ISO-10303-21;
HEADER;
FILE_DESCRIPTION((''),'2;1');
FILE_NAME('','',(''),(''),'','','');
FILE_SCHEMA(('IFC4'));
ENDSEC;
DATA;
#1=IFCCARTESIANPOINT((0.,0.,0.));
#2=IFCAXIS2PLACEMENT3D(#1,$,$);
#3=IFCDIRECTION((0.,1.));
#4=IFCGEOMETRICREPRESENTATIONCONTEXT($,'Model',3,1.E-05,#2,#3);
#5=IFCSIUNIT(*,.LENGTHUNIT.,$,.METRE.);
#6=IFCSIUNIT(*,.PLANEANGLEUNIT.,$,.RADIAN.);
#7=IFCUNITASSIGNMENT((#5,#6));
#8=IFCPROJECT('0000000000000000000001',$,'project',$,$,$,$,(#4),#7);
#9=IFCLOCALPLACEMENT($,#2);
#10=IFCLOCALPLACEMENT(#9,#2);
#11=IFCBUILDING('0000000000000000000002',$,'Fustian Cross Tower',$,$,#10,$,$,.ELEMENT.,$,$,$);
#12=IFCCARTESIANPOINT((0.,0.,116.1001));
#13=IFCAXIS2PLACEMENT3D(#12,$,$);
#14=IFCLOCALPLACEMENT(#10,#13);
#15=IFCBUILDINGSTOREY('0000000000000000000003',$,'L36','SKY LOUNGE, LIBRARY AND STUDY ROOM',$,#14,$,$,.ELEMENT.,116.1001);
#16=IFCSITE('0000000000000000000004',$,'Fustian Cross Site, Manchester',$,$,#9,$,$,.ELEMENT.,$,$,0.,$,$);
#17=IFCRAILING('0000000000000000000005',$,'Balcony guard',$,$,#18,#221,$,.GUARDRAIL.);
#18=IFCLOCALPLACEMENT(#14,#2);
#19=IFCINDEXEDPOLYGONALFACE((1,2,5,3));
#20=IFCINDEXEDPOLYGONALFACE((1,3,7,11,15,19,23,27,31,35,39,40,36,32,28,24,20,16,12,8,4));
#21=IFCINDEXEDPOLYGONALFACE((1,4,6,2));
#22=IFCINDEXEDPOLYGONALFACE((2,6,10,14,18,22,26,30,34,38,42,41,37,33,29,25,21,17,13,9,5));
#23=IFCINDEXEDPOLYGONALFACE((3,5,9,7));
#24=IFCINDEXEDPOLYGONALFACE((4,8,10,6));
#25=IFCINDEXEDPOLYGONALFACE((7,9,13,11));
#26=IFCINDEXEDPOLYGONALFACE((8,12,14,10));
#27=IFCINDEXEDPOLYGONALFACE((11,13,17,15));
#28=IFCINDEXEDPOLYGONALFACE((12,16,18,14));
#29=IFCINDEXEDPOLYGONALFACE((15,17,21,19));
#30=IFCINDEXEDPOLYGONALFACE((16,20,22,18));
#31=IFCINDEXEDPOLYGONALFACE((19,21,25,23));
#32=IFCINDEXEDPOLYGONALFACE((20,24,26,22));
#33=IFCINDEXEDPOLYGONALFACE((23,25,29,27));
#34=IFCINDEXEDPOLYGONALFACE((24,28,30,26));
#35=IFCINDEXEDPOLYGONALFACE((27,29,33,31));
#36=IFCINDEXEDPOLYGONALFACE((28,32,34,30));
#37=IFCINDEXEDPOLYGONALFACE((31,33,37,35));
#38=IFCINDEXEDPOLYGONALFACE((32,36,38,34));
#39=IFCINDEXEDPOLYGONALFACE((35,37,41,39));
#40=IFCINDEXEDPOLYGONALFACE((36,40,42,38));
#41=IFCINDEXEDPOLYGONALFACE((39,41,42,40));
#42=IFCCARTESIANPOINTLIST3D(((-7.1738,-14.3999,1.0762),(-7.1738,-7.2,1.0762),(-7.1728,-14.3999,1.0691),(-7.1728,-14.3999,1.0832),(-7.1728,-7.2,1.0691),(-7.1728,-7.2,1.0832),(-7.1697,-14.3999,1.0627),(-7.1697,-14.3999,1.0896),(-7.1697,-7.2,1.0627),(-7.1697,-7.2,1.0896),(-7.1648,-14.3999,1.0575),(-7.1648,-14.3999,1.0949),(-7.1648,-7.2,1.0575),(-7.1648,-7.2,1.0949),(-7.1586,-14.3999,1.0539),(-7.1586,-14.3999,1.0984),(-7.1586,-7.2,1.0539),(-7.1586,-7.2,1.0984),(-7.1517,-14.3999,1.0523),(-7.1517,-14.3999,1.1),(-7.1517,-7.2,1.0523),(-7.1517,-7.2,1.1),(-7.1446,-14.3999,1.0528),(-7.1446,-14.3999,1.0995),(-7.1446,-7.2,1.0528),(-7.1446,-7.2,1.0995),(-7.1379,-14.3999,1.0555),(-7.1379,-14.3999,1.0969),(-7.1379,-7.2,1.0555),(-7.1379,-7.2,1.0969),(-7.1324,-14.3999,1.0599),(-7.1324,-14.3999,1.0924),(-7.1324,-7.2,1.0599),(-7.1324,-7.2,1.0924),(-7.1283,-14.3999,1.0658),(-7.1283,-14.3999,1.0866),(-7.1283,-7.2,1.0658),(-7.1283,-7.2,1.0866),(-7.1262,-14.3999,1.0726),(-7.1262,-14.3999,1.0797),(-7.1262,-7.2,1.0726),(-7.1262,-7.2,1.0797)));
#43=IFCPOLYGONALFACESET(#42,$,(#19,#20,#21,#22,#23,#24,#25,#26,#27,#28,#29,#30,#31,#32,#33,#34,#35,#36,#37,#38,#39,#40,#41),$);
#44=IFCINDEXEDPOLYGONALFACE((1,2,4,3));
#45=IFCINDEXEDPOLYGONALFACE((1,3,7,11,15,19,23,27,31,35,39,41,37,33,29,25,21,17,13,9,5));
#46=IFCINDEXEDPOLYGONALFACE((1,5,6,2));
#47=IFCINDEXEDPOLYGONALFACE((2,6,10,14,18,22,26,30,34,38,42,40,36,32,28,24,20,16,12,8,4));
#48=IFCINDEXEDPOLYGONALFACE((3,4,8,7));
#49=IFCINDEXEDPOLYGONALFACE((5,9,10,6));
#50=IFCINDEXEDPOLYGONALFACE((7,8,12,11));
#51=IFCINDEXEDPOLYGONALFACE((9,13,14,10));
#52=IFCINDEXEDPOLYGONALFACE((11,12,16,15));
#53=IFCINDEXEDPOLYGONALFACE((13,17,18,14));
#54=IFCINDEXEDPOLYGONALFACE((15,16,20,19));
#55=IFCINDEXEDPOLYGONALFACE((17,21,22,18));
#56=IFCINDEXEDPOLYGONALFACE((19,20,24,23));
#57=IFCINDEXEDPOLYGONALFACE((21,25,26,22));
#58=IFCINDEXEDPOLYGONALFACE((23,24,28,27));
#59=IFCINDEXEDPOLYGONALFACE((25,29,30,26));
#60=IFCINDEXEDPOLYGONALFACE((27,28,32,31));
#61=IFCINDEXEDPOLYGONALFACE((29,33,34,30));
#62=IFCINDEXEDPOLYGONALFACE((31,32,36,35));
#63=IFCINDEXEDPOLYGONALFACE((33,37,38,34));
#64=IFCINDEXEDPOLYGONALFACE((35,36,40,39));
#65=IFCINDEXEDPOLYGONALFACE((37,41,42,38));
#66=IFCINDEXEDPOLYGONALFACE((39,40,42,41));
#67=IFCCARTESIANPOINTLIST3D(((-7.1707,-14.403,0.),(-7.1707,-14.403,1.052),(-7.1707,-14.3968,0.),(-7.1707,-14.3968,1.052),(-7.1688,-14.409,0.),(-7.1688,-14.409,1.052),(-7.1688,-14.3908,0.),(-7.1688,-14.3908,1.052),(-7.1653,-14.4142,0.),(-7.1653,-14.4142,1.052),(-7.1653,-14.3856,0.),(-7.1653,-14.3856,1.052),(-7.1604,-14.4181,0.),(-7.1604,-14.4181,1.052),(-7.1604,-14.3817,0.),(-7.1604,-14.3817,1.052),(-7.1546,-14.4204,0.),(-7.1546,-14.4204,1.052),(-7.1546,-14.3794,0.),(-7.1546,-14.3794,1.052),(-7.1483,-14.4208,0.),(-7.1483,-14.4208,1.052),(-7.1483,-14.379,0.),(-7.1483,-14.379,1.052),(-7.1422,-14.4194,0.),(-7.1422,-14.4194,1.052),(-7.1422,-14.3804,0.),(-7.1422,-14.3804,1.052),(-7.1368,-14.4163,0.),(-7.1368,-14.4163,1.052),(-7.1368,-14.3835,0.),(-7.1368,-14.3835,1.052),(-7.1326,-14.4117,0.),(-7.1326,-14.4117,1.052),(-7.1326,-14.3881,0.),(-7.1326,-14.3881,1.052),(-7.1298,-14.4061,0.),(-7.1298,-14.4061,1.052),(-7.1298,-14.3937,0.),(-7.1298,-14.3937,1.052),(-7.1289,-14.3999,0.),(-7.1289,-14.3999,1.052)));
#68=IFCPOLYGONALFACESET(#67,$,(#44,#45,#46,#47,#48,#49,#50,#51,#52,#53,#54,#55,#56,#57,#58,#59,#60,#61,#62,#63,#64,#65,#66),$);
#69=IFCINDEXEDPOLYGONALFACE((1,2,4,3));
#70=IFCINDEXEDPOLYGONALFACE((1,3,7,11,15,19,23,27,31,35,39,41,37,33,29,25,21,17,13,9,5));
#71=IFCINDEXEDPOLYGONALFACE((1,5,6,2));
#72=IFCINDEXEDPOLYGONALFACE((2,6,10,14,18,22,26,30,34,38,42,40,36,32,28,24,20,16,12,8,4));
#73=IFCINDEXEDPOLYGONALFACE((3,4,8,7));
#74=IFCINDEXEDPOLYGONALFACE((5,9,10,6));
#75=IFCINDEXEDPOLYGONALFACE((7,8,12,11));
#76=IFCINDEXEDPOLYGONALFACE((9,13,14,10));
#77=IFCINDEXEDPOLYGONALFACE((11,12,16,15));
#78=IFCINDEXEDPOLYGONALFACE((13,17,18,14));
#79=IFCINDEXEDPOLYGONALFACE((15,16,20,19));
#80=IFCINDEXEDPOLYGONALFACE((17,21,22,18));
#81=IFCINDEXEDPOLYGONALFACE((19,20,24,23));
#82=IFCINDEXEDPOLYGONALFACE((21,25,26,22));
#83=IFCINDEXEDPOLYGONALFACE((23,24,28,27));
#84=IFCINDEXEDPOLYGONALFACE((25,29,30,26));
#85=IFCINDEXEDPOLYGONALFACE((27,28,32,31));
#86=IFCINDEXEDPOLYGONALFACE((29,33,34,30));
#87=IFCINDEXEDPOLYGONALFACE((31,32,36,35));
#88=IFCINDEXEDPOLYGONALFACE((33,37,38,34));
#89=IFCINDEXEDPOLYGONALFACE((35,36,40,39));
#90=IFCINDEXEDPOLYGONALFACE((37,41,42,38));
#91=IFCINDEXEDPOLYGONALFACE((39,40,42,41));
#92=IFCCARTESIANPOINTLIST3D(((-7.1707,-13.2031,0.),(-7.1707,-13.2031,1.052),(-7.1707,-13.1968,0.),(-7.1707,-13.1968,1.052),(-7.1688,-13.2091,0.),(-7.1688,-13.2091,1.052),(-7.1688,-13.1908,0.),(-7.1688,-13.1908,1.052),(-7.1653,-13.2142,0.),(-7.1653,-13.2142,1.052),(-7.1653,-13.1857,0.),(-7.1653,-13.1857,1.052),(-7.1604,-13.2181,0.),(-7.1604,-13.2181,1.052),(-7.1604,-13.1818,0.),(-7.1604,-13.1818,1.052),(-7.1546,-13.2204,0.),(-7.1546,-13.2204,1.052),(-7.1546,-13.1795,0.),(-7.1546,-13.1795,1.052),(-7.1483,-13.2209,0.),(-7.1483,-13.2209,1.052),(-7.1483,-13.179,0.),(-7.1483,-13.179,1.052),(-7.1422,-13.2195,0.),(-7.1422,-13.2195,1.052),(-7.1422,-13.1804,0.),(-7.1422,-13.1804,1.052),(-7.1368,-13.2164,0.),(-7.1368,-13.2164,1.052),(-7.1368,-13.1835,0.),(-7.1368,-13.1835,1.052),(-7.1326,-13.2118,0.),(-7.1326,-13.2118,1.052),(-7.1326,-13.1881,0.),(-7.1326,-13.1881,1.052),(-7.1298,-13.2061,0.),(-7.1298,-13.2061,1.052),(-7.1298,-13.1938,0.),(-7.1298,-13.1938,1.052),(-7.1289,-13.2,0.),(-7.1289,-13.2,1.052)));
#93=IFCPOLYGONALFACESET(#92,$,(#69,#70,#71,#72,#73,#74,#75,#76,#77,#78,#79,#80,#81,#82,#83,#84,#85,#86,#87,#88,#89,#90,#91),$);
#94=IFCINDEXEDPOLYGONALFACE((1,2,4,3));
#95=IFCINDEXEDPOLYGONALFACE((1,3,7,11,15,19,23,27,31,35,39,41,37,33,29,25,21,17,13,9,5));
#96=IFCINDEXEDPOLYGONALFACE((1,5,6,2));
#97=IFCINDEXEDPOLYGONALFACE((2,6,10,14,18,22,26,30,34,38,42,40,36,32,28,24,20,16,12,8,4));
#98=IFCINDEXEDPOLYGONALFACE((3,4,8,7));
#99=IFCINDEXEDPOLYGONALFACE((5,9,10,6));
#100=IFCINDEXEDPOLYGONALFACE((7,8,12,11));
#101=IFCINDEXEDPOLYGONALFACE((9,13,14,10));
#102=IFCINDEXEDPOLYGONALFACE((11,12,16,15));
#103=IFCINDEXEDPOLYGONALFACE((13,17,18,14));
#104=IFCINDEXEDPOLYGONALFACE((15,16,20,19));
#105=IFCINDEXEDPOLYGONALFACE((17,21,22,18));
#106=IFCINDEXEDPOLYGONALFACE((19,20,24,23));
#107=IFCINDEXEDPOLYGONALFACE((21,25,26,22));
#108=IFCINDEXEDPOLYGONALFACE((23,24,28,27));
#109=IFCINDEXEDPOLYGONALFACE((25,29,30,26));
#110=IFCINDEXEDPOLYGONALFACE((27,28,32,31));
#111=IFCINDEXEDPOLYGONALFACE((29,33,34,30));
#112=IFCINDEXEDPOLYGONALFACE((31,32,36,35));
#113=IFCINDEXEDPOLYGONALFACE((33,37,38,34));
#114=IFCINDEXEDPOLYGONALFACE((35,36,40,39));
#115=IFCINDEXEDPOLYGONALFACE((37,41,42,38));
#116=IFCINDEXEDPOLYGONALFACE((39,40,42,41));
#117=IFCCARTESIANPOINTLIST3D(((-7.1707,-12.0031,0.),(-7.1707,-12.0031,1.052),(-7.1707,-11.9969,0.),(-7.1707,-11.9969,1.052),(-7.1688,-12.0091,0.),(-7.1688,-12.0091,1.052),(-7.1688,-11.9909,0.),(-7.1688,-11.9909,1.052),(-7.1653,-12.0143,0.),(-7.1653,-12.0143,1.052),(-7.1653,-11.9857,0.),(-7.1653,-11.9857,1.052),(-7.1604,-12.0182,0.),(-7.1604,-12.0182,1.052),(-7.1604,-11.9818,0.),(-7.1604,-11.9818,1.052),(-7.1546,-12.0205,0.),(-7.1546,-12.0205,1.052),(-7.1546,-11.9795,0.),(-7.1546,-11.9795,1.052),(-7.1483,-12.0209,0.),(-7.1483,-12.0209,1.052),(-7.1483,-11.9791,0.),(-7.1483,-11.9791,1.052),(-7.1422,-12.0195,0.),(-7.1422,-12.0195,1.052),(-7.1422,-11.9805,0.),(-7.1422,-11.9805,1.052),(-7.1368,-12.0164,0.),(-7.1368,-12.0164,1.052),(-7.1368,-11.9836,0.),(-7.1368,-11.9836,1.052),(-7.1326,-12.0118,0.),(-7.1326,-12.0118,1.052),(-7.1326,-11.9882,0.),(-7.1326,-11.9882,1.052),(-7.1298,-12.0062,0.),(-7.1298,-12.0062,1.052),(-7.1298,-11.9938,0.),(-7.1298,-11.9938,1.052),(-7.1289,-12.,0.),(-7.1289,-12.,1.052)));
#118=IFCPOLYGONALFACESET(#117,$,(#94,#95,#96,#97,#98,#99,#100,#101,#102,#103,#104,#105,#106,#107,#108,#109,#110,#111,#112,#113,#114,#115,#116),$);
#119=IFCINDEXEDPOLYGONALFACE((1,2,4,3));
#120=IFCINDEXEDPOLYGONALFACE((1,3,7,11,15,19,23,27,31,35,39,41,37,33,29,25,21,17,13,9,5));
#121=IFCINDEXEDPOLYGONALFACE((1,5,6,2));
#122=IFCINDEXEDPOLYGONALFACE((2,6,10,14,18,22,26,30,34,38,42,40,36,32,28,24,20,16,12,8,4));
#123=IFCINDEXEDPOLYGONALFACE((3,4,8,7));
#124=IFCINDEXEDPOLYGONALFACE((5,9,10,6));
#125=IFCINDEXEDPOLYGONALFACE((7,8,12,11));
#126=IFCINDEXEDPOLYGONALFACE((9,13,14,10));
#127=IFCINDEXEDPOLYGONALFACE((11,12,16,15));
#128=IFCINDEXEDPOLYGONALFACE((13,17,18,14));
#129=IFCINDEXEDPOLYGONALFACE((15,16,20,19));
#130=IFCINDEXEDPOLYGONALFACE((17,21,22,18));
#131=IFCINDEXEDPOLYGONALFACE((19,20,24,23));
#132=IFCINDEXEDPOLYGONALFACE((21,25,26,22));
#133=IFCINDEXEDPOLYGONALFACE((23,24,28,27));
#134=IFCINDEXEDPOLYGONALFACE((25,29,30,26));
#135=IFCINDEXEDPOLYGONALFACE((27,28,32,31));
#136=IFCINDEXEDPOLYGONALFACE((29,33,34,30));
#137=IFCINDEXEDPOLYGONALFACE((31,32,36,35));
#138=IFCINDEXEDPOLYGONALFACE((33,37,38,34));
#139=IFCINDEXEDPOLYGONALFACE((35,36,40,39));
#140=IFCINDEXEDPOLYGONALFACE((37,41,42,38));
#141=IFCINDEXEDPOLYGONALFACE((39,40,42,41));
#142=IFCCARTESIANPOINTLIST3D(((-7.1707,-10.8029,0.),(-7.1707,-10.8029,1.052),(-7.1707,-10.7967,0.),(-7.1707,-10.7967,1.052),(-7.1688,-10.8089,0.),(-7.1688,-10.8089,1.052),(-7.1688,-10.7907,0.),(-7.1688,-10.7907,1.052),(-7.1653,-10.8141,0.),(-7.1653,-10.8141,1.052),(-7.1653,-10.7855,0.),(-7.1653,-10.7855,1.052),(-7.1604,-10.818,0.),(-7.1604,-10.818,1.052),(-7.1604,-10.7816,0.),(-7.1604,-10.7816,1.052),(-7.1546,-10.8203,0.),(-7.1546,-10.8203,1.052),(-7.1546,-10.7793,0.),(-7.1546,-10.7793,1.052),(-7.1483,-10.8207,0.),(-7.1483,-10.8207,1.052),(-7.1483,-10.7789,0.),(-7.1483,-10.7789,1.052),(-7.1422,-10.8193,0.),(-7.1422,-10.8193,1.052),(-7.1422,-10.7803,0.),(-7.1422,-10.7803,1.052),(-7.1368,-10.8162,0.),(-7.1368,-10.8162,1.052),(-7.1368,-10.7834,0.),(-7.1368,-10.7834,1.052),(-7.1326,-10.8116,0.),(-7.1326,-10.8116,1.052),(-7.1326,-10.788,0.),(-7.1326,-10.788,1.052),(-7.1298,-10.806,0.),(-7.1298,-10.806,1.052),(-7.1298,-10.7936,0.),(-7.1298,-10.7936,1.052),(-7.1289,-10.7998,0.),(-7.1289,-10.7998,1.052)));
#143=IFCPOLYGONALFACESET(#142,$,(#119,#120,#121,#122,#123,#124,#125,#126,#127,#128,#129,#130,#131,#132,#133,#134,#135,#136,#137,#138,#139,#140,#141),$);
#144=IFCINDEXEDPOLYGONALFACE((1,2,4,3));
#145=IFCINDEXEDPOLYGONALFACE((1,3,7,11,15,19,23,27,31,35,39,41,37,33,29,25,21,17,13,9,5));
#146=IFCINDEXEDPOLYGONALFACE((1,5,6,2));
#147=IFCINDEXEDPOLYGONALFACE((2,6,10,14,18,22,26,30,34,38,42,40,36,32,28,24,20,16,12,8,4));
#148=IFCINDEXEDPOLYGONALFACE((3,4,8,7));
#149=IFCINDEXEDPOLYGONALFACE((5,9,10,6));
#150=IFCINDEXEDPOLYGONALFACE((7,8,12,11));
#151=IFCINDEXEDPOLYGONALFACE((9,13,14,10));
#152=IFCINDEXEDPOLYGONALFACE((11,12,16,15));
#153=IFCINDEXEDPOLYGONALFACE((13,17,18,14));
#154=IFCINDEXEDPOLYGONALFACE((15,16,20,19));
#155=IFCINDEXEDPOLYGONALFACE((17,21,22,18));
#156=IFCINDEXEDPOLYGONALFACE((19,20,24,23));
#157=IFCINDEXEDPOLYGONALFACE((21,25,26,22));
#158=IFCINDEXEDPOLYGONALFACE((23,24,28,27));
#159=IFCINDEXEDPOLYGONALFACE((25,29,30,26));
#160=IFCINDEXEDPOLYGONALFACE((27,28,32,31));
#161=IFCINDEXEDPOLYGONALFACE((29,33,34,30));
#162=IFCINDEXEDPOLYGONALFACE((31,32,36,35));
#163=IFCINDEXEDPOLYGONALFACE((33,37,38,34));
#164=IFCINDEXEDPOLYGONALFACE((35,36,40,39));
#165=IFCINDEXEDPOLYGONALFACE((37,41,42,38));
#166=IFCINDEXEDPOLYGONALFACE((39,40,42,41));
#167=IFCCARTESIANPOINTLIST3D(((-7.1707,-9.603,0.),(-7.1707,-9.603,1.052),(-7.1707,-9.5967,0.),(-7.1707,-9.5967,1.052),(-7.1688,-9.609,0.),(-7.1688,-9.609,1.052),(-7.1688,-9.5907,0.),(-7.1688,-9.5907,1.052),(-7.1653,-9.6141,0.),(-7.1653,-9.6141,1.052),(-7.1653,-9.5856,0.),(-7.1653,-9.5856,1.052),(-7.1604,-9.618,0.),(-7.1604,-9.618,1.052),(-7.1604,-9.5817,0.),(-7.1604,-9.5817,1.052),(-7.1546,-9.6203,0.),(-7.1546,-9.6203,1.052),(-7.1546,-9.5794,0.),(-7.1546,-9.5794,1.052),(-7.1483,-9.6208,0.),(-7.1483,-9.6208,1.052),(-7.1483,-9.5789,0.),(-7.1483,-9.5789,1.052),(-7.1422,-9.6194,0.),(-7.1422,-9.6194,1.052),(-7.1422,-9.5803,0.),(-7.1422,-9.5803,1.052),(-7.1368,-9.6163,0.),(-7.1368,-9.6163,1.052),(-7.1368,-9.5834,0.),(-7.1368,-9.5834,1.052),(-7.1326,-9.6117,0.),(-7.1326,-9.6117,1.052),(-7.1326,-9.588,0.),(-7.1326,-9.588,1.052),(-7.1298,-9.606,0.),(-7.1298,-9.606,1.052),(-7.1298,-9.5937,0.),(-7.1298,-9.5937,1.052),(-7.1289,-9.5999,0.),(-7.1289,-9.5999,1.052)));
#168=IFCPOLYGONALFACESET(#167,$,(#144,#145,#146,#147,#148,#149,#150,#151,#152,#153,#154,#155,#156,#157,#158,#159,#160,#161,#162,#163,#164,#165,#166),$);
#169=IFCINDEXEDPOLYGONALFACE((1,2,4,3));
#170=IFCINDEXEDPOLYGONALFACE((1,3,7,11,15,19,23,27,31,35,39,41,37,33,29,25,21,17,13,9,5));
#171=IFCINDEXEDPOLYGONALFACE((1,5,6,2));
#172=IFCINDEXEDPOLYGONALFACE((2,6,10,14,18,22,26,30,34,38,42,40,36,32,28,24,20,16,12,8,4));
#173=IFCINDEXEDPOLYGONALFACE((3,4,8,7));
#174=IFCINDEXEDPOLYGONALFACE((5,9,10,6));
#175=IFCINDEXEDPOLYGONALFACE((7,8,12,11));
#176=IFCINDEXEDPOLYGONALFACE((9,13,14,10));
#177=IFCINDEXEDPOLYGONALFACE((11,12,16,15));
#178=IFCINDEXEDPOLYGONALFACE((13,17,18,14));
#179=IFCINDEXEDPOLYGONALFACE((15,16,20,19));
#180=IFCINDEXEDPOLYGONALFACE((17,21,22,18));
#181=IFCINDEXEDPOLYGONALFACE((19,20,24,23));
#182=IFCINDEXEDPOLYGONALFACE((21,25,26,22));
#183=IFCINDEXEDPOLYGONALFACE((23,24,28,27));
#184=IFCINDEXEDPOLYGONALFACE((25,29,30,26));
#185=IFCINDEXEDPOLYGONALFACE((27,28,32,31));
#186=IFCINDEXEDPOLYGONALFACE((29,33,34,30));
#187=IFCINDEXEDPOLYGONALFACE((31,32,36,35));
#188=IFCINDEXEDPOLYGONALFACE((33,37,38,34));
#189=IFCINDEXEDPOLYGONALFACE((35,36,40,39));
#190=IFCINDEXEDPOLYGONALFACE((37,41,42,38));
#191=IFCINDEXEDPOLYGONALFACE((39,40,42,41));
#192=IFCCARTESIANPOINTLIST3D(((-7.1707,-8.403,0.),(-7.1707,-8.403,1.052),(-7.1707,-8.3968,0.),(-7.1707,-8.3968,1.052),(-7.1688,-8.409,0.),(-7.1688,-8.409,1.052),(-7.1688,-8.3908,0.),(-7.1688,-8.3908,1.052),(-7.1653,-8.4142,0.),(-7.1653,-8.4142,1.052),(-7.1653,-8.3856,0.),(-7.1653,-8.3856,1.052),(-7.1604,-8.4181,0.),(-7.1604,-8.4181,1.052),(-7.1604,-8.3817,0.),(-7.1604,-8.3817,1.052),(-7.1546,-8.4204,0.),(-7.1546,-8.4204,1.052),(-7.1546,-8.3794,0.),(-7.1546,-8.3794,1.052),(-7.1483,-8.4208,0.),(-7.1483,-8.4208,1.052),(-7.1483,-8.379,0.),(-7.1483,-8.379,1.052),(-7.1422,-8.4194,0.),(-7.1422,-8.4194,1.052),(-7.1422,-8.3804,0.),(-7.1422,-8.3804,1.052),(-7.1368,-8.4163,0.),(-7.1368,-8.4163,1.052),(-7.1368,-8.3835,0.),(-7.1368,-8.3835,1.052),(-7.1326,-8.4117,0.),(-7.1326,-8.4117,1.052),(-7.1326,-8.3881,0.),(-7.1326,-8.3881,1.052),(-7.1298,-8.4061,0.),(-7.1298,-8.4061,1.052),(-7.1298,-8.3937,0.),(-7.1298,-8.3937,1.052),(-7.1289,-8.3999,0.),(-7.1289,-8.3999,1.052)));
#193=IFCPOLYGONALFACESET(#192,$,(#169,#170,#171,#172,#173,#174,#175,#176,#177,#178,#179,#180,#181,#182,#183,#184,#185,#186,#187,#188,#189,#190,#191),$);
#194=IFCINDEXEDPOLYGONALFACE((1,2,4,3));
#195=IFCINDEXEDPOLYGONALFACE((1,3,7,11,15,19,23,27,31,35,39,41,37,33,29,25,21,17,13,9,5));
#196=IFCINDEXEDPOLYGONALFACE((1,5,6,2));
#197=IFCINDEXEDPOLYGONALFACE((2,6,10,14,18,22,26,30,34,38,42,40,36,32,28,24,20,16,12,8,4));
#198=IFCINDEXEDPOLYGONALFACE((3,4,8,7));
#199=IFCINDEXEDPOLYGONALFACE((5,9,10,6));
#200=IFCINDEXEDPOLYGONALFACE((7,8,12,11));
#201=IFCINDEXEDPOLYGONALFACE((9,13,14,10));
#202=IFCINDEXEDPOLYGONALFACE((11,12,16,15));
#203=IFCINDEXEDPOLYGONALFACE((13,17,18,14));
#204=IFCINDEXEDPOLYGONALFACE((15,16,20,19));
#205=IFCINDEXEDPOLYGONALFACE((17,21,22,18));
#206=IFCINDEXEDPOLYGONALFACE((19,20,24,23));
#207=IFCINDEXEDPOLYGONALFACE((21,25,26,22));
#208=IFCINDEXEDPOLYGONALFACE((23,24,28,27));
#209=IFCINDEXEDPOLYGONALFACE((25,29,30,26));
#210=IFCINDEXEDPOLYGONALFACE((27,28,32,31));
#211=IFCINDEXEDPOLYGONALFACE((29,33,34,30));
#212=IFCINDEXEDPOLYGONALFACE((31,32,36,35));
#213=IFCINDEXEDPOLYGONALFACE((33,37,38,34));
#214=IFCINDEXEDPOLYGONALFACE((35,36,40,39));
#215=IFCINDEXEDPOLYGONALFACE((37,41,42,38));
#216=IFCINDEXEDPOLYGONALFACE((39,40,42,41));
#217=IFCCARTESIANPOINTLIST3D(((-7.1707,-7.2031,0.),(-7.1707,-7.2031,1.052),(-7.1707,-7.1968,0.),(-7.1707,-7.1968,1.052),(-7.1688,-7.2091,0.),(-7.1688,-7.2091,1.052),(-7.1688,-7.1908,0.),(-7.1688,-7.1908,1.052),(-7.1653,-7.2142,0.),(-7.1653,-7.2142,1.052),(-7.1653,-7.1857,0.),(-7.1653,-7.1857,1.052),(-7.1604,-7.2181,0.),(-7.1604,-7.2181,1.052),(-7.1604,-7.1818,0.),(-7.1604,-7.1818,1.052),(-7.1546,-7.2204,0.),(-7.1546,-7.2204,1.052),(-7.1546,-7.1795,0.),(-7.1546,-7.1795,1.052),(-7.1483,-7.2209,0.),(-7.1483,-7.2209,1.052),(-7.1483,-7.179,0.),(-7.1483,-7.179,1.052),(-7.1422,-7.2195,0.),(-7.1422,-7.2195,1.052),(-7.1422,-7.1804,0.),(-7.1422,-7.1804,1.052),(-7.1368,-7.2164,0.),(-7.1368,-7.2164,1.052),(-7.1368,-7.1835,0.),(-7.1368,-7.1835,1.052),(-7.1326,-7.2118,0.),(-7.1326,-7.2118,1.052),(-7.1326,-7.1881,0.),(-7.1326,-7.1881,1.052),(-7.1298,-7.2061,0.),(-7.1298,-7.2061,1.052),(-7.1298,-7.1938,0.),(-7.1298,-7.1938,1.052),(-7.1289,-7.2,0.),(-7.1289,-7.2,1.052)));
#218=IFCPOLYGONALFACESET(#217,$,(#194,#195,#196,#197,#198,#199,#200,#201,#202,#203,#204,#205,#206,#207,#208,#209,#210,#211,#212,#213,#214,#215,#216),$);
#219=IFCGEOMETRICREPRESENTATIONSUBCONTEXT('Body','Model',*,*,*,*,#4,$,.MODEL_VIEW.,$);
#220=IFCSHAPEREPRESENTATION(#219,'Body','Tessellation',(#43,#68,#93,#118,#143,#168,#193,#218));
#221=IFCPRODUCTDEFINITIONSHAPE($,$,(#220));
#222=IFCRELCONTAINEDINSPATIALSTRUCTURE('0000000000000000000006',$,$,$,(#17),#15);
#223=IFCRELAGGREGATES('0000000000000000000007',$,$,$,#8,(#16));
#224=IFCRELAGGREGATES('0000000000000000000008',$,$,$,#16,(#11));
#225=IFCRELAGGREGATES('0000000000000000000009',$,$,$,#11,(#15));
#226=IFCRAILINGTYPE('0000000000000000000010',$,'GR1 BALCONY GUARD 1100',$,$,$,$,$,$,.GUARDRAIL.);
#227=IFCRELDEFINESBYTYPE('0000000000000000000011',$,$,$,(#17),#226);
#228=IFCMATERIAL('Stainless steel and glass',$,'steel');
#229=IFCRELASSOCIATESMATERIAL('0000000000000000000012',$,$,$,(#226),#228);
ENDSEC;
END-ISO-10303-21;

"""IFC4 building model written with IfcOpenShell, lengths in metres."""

from ifc_helpers import new_model, si_unit, direction, frame, origin, origin_2d, place, context, subcontext, project, spatial, circle, extrude, material, type_object, element, save


model = new_model("IFC4")

# Units and contexts
model_context = context("Model", 3, precision=1e-05, world=origin(), true_north=direction((0.0, 1.0)))
body_context = subcontext(model_context, "Body", "Model", "MODEL_VIEW")
ifc_project = project(units=[si_unit("LENGTHUNIT", "METRE"), si_unit("PLANEANGLEUNIT", "RADIAN")], contexts=[model_context])

# Site, building, storey
site_placement = place(None, origin())
site = spatial("IfcSite", under=ifc_project, at=site_placement, Name="Fustian Cross Site, Manchester", CompositionType="ELEMENT", RefElevation=0.0)
building_placement = place(site_placement, origin())
building = spatial("IfcBuilding", under=site, at=building_placement, Name="Fustian Cross Tower", CompositionType="ELEMENT")
storey_placement = place(building_placement, frame((0.0, 0.0, 116.1001)))
storey = spatial("IfcBuildingStorey", under=building, at=storey_placement, Name="L36", Description="SKY LOUNGE, LIBRARY AND STUDY ROOM", CompositionType="ELEMENT", Elevation=116.1001)

# Railing
ifc_material_1 = material(Name="Stainless steel and glass", Category="steel")
railing_type = type_object("IfcRailingType", Name="GR1 BALCONY GUARD 1100", PredefinedType="GUARDRAIL", material=ifc_material_1)
railing_placement = place(storey_placement, frame((-7.1499, -14.3999, 0.0)))
element("IfcRailing", 1, at=railing_placement, inside=storey, type_object=railing_type, Name="Balcony guard", PredefinedType="GUARDRAIL", context=body_context, shape_type="SweptSolid", body=[
    extrude(circle(Radius=0.0239, at=origin_2d()), frame((0.0, 0.0, 1.0762), z_axis=(0.0, 1.0, 0.0), x_axis=(-1.0, 0.0, 0.0)), (0.0, 0.0, 1.0), 7.2),
    extrude(circle(Radius=0.021, at=origin_2d()), origin(), (0.0, 0.0, 1.0), 1.052),
    extrude(circle(Radius=0.021, at=origin_2d()), frame((0.0, 1.2, 0.0)), (0.0, 0.0, 1.0), 1.052),
    extrude(circle(Radius=0.021, at=origin_2d()), frame((0.0, 2.3999, 0.0)), (0.0, 0.0, 1.0), 1.052),
    extrude(circle(Radius=0.021, at=origin_2d()), frame((0.0, 3.6001, 0.0)), (0.0, 0.0, 1.0), 1.052),
    extrude(circle(Radius=0.021, at=origin_2d()), frame((0.0, 4.8, 0.0)), (0.0, 0.0, 1.0), 1.052),
    extrude(circle(Radius=0.021, at=origin_2d()), frame((0.0, 6.0, 0.0)), (0.0, 0.0, 1.0), 1.052),
    extrude(circle(Radius=0.021, at=origin_2d()), frame((0.0, 7.2, 0.0)), (0.0, 0.0, 1.0), 1.052),
])

save(model, "model.ifc")
